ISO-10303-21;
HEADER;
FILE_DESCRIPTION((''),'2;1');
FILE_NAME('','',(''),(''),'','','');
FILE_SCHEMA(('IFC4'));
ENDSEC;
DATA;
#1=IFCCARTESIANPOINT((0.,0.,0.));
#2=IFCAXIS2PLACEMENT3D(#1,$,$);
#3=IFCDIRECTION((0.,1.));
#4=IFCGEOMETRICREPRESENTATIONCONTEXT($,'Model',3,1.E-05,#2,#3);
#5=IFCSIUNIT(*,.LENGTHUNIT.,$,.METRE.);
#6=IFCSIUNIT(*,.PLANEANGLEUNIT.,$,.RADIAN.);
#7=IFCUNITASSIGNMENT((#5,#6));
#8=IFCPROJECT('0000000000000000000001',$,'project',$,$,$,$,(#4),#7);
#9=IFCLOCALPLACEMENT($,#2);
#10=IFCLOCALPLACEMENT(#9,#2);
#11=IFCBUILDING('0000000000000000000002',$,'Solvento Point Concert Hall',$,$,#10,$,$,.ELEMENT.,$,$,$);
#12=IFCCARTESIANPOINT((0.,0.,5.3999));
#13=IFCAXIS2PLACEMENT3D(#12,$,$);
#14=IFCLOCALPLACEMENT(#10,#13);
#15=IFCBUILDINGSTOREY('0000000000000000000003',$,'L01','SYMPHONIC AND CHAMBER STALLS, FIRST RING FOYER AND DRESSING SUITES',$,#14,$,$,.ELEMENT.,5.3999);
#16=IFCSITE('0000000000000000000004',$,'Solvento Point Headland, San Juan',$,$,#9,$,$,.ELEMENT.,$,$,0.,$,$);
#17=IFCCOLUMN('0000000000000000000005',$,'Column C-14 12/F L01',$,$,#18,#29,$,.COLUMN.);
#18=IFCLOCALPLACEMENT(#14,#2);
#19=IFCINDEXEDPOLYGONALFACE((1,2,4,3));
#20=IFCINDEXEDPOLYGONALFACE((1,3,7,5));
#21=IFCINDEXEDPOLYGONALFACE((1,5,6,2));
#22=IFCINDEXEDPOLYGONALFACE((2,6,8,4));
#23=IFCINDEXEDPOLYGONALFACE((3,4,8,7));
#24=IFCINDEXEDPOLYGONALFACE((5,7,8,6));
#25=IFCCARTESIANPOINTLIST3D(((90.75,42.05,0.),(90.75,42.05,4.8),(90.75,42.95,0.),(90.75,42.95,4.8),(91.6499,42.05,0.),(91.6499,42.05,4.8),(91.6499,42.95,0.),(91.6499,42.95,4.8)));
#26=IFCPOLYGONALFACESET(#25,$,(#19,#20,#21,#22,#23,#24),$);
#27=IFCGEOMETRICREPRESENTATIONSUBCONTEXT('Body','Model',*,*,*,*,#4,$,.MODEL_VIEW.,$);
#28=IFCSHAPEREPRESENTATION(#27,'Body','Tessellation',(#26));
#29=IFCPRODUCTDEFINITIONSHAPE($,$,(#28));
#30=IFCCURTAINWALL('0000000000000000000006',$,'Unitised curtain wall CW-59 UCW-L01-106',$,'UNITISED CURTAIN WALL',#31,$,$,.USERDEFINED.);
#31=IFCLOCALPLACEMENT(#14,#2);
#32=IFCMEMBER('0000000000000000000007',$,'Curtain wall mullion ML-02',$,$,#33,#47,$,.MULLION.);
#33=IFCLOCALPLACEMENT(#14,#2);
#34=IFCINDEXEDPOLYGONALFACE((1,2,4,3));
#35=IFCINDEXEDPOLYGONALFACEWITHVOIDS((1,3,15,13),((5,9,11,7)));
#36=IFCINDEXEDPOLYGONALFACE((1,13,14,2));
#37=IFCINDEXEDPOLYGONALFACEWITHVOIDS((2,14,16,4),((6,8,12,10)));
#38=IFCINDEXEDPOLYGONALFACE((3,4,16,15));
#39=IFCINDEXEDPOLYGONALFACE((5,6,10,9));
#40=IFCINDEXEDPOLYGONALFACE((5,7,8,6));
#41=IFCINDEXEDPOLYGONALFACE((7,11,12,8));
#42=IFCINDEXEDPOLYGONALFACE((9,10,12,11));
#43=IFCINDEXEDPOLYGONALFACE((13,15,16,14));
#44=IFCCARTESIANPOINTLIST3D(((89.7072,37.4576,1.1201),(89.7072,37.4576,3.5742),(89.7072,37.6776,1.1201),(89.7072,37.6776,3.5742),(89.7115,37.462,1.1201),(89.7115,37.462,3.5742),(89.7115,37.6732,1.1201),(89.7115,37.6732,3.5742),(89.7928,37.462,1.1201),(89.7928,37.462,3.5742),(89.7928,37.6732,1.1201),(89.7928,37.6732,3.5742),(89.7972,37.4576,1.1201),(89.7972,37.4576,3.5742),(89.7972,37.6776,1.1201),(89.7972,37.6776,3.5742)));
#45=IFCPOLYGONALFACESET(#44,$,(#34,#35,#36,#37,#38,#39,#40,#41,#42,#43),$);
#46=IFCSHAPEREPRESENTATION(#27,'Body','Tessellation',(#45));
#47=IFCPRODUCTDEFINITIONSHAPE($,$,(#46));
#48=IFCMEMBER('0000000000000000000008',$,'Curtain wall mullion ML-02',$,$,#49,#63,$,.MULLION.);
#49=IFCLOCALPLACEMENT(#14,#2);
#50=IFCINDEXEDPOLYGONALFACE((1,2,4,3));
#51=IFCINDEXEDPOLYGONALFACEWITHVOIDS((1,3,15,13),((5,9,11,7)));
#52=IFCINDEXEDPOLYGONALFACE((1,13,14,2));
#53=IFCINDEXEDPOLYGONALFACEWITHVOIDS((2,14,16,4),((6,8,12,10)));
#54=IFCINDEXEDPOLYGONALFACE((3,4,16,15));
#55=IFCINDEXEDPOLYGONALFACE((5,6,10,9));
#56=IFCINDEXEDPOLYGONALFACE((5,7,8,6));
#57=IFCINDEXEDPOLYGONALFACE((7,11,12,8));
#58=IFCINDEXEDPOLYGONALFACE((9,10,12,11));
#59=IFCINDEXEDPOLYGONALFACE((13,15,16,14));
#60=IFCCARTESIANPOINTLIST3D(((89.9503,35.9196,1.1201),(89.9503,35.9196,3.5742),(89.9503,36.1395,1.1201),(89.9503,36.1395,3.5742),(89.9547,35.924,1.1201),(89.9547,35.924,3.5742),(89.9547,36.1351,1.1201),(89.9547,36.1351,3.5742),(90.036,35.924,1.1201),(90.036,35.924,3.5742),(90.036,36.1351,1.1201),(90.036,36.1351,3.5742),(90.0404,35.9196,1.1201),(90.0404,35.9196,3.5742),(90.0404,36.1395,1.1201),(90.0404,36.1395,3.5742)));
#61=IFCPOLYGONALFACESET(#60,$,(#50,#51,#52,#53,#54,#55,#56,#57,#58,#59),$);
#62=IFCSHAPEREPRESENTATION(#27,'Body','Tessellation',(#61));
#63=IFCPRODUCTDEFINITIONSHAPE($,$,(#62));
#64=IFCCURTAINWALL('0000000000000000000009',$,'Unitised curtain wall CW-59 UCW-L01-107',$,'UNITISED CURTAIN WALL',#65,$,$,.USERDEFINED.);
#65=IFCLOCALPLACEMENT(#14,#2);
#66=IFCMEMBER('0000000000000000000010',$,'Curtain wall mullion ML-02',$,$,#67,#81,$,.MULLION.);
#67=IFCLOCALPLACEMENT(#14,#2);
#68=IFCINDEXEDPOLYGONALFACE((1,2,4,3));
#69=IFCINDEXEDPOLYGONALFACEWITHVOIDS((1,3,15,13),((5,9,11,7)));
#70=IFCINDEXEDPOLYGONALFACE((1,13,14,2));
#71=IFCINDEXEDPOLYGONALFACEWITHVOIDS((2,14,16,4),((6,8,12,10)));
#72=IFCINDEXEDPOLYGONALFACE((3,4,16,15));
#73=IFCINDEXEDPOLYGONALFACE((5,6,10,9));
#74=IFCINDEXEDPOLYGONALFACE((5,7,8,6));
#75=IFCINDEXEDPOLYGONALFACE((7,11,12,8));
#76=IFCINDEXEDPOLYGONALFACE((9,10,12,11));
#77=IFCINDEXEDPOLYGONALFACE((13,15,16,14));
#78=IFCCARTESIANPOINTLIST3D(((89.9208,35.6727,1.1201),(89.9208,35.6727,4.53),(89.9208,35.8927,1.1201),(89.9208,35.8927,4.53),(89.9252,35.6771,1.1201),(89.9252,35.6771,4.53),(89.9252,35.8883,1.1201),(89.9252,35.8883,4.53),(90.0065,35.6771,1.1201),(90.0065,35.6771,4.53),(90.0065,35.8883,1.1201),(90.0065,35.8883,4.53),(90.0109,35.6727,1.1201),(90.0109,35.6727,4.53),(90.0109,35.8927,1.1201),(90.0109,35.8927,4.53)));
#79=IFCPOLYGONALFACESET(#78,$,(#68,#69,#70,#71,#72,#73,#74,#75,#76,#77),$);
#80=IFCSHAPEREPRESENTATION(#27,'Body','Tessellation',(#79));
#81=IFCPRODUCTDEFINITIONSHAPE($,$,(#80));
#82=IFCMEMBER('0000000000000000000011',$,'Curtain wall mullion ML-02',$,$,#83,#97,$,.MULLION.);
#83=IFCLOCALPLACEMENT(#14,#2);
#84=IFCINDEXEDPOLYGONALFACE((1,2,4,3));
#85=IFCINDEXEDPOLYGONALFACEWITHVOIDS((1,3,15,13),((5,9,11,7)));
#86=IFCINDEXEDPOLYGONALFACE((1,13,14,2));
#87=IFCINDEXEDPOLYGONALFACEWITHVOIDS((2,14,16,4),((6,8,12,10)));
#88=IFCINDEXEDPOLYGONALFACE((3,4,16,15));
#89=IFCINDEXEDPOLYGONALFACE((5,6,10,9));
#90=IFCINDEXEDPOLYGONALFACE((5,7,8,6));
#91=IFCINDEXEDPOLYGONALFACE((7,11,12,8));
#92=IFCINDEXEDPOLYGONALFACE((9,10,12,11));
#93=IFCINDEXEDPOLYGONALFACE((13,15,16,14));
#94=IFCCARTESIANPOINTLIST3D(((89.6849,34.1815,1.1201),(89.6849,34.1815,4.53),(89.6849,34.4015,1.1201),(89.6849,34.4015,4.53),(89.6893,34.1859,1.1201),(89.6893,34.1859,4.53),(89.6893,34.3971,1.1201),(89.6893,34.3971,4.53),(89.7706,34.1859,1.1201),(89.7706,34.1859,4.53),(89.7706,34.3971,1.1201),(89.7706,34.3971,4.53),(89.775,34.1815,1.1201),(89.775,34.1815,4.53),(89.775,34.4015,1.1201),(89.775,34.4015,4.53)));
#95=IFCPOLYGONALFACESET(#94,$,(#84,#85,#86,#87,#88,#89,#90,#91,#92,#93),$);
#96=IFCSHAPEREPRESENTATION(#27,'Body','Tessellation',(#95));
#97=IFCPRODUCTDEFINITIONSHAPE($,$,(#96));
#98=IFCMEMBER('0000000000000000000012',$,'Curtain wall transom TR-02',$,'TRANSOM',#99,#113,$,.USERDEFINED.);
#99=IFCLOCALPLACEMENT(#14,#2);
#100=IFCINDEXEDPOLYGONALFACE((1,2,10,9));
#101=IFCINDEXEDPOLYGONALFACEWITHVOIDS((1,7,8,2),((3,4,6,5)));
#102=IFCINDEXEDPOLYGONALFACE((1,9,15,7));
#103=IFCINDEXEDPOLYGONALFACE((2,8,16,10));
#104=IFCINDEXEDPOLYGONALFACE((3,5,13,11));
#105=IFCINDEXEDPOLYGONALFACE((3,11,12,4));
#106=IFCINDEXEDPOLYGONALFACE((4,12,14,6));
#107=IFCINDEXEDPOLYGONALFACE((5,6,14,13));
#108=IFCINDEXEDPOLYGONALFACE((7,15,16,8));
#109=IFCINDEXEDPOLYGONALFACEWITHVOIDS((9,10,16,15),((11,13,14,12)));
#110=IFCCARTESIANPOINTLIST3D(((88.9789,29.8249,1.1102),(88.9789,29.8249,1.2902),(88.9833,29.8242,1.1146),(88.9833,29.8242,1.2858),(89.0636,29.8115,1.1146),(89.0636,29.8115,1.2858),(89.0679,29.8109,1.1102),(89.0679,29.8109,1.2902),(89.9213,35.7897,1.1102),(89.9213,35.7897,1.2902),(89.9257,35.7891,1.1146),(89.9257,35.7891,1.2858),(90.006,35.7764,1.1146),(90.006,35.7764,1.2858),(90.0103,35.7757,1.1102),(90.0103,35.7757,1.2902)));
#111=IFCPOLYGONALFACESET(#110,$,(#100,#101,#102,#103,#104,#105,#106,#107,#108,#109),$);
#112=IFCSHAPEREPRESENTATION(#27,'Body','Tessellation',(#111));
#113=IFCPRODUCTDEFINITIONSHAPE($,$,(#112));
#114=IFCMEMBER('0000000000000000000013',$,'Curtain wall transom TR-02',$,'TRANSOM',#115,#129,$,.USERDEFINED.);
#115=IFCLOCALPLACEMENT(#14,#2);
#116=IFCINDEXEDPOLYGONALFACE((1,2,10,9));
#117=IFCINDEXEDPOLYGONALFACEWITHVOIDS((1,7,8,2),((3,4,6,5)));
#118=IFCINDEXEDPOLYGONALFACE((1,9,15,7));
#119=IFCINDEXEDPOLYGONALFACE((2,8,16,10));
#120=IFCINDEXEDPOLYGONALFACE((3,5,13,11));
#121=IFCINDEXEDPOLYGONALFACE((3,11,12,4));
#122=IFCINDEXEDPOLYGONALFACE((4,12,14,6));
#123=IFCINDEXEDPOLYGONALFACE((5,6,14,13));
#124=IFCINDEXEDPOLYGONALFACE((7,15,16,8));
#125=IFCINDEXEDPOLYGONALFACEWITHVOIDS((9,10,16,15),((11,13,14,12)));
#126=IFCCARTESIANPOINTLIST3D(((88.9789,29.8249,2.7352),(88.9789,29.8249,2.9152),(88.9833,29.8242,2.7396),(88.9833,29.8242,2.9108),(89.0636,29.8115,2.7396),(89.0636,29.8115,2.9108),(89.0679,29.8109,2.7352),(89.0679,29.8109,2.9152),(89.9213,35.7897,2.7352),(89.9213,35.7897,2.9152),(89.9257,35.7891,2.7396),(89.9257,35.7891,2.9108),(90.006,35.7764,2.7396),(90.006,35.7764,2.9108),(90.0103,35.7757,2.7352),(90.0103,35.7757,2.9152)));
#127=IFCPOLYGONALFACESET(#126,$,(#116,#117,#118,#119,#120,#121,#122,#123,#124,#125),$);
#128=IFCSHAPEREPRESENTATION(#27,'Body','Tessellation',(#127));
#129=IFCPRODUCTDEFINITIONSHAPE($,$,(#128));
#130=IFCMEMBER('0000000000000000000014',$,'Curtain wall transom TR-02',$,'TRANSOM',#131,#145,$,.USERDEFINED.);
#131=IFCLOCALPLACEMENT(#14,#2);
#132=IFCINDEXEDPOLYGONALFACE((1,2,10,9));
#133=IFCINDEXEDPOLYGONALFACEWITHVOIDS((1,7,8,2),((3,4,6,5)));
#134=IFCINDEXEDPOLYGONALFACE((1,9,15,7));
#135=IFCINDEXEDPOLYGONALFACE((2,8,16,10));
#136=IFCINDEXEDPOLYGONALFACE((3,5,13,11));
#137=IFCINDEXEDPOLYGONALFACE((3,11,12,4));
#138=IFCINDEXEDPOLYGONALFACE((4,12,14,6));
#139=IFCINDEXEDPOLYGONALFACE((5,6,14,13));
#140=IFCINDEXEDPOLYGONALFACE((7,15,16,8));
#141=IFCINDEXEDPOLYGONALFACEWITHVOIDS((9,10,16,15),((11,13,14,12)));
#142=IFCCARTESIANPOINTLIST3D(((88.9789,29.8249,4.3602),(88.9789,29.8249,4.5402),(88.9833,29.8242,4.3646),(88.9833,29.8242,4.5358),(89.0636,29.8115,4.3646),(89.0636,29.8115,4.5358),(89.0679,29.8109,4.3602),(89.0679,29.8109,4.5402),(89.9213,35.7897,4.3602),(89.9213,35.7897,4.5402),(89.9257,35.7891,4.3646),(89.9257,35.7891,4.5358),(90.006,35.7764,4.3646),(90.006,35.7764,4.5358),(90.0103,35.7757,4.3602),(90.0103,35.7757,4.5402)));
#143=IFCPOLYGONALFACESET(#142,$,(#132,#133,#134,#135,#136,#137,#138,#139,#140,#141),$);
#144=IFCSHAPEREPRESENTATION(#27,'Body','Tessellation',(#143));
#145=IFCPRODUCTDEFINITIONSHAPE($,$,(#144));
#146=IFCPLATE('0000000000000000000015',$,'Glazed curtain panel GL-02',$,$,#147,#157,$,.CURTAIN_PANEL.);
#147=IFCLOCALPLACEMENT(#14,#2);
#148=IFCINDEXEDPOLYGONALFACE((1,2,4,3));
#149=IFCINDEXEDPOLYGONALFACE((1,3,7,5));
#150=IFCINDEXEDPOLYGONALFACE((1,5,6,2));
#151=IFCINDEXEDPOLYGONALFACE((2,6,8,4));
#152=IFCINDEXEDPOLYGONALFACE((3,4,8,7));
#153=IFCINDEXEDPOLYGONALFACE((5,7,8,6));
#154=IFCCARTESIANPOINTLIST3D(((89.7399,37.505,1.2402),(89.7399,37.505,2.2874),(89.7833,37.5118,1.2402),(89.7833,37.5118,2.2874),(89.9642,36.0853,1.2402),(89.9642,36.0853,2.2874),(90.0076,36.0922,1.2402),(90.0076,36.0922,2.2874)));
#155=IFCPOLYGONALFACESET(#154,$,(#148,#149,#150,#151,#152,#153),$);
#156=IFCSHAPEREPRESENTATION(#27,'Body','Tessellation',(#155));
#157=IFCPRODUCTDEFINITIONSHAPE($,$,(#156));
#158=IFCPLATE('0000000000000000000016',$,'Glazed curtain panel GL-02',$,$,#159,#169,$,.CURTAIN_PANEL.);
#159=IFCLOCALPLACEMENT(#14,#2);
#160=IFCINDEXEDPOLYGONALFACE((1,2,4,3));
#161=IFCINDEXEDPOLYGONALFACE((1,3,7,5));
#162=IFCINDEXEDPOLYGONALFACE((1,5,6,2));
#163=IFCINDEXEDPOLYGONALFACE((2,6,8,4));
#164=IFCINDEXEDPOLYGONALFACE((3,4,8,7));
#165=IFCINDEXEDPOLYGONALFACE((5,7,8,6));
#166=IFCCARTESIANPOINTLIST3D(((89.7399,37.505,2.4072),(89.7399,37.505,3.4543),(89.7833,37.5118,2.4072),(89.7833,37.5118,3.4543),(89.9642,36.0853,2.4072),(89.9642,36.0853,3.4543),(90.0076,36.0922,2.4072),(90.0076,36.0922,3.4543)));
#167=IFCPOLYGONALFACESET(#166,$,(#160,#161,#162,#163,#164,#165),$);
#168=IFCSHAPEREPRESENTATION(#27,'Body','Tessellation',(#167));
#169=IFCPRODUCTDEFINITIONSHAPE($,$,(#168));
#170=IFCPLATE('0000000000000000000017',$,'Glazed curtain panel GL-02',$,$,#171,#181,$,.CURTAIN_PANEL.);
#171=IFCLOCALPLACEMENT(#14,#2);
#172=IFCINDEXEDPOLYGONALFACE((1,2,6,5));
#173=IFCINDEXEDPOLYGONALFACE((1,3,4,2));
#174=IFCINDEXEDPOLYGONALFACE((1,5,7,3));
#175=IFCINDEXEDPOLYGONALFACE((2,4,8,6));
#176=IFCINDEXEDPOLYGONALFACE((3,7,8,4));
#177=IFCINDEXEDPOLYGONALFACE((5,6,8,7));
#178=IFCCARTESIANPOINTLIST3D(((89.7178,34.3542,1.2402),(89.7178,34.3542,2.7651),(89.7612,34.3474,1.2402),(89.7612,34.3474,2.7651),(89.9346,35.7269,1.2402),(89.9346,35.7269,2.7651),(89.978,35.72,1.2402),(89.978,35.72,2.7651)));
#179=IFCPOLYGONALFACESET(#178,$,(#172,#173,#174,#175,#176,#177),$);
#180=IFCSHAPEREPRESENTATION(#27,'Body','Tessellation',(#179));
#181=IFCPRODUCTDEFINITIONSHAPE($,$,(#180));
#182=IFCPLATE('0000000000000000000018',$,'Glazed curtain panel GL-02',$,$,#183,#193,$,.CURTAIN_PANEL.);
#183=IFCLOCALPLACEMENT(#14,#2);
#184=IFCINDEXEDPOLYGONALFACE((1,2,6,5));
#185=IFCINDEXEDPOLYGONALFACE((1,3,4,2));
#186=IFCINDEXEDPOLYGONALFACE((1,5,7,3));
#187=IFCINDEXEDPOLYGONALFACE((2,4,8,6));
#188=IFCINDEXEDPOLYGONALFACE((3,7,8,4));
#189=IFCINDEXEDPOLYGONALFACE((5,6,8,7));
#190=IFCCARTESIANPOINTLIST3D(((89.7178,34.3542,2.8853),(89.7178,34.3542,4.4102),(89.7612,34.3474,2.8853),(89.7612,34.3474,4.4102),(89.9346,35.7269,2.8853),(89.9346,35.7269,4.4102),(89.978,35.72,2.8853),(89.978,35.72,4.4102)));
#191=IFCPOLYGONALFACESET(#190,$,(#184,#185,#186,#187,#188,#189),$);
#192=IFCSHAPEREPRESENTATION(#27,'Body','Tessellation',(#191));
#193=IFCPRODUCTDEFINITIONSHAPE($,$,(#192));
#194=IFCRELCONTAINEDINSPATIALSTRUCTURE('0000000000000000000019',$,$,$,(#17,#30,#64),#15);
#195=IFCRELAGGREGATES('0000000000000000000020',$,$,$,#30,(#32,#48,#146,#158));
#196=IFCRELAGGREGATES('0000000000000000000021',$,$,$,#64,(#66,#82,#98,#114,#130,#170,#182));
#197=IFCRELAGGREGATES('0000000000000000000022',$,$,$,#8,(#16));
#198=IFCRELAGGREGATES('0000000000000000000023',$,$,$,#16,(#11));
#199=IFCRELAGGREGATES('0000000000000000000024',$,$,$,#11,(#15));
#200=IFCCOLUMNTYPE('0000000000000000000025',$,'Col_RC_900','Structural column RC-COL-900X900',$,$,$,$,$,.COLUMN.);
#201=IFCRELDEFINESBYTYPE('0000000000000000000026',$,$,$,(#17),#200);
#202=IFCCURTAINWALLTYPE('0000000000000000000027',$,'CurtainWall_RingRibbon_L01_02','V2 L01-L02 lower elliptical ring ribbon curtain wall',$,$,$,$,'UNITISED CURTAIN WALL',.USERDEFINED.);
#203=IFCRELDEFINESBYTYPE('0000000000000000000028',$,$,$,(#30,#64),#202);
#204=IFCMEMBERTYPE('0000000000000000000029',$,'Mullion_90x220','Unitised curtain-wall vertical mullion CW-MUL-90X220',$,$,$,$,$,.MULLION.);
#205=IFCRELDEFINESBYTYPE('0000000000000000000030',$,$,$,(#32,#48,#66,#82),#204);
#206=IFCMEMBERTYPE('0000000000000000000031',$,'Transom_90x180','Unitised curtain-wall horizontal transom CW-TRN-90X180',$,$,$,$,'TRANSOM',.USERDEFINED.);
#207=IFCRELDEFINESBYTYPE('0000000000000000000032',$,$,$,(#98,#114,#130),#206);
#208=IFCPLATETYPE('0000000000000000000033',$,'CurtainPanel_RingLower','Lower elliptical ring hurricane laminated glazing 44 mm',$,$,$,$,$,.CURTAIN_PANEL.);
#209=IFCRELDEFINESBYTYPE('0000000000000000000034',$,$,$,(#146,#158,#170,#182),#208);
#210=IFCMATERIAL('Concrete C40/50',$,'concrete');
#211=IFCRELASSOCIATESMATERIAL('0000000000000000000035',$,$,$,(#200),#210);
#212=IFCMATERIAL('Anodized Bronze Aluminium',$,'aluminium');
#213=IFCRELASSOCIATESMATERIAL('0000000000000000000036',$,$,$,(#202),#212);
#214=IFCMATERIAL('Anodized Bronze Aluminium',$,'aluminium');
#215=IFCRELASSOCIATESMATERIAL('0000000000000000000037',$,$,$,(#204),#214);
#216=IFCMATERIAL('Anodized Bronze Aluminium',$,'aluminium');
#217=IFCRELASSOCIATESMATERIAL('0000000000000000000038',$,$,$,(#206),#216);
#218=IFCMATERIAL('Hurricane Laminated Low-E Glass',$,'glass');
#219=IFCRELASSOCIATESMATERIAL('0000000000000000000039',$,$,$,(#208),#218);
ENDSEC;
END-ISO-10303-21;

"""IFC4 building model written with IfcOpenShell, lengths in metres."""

from ifc_helpers import new_model, si_unit, direction, frame, origin, origin_2d, place, context, subcontext, project, spatial, rectangle, hollow_rectangle, extrude, material, material_profile, profile_set, type_object, element, aggregate, save


model = new_model("IFC4")

# Units and contexts
model_context = context("Model", 3, precision=1e-05, world=origin(), true_north=direction((0.0, 1.0)))
body_context = subcontext(model_context, "Body", "Model", "MODEL_VIEW")
ifc_project = project(units=[si_unit("LENGTHUNIT", "METRE"), si_unit("PLANEANGLEUNIT", "RADIAN")], contexts=[model_context])

# Site, building, storey
site_placement = place(None, origin())
site = spatial("IfcSite", under=ifc_project, at=site_placement, Name="Solvento Point Headland, San Juan", CompositionType="ELEMENT", RefElevation=0.0)
building_placement = place(site_placement, origin())
building = spatial("IfcBuilding", under=site, at=building_placement, Name="Solvento Point Concert Hall", CompositionType="ELEMENT")
storey_placement = place(building_placement, frame((0.0, 0.0, 5.3999)))
storey = spatial("IfcBuildingStorey", under=building, at=storey_placement, Name="L01", Description="SYMPHONIC AND CHAMBER STALLS, FIRST RING FOYER AND DRESSING SUITES", CompositionType="ELEMENT", Elevation=5.3999)

# Column
ifc_material_1 = material(Name="Concrete C40/50", Category="concrete")
ifc_material_profile_1 = material_profile(ifc_material_1, rectangle(XDim=0.8999, YDim=0.8999, at=origin_2d()), Name="RC-COL-900X900")
ifc_profile_set_1 = profile_set([ifc_material_profile_1], Name="Concrete C40/50")
column_type = type_object("IfcColumnType", Name="Col_RC_900", Description="Structural column RC-COL-900X900", PredefinedType="COLUMN", material=ifc_profile_set_1)
column_placement = place(storey_placement, frame((91.2, 42.5, 0.0), z_axis=(0.0, 0.0, 1.0), x_axis=(1.0, 0.0, 0.0)))
element("IfcColumn", 1, at=column_placement, inside=storey, type_object=column_type, Name="Column C-14 12/F L01", PredefinedType="COLUMN", context=body_context, shape_type="SweptSolid", body=[
    extrude(rectangle(XDim=0.8999, YDim=0.8999, at=origin_2d()), origin(), (0.0, 0.0, 1.0), 4.8),
])

# Curtain walls, members
ifc_material_2 = material(Name="Anodized Bronze Aluminium", Category="aluminium")
curtain_wall_type = type_object("IfcCurtainWallType", Name="CurtainWall_RingRibbon_L01_02", Description="V2 L01-L02 lower elliptical ring ribbon curtain wall", ElementType="UNITISED CURTAIN WALL", PredefinedType="USERDEFINED", material=ifc_material_2)
curtain_wall_1_placement = place(storey_placement, origin())
curtain_wall_1 = element("IfcCurtainWall", 2, at=curtain_wall_1_placement, inside=storey, type_object=curtain_wall_type, Name="Unitised curtain wall CW-59 UCW-L01-106", ObjectType="UNITISED CURTAIN WALL", PredefinedType="USERDEFINED")
ifc_material_3 = material(Name="Anodized Bronze Aluminium", Category="aluminium")
ifc_material_profile_2 = material_profile(ifc_material_3, hollow_rectangle(XDim=0.0901, YDim=0.22, WallThickness=0.0044, at=origin_2d()), Name="CW-MUL-90X220")
ifc_profile_set_2 = profile_set([ifc_material_profile_2], Name="Anodized Bronze Aluminium")
member_type_1 = type_object("IfcMemberType", Name="Mullion_90x220", Description="Unitised curtain-wall vertical mullion CW-MUL-90X220", PredefinedType="MULLION", material=ifc_profile_set_2)
member_1_placement = place(storey_placement, frame((89.7522, 37.5676, 1.1201), z_axis=(0.0, 0.0, 1.0), x_axis=(1.0, 0.0, 0.0)))
member_1 = element("IfcMember", 3, at=member_1_placement, type_object=member_type_1, Name="Curtain wall mullion ML-02", PredefinedType="MULLION", context=body_context, shape_type="SweptSolid", body=[
    extrude(hollow_rectangle(XDim=0.0901, YDim=0.22, WallThickness=0.0044, at=origin_2d()), origin(), (0.0, 0.0, 1.0), 2.4541),
])
member_2_placement = place(storey_placement, frame((89.9954, 36.0295, 1.1201), z_axis=(0.0, 0.0, 1.0), x_axis=(1.0, 0.0, 0.0)))
member_2 = element("IfcMember", 4, at=member_2_placement, type_object=member_type_1, Name="Curtain wall mullion ML-02", PredefinedType="MULLION", context=body_context, shape_type="SweptSolid", body=[
    extrude(hollow_rectangle(XDim=0.0901, YDim=0.22, WallThickness=0.0044, at=origin_2d()), origin(), (0.0, 0.0, 1.0), 2.4541),
])
curtain_wall_2_placement = place(storey_placement, origin())
curtain_wall_2 = element("IfcCurtainWall", 5, at=curtain_wall_2_placement, inside=storey, type_object=curtain_wall_type, Name="Unitised curtain wall CW-59 UCW-L01-107", ObjectType="UNITISED CURTAIN WALL", PredefinedType="USERDEFINED")
member_3_placement = place(storey_placement, frame((89.9658, 35.7827, 1.1201), z_axis=(0.0, 0.0, 1.0), x_axis=(1.0, 0.0, 0.0)))
member_3 = element("IfcMember", 6, at=member_3_placement, type_object=member_type_1, Name="Curtain wall mullion ML-02", PredefinedType="MULLION", context=body_context, shape_type="SweptSolid", body=[
    extrude(hollow_rectangle(XDim=0.0901, YDim=0.22, WallThickness=0.0044, at=origin_2d()), origin(), (0.0, 0.0, 1.0), 3.4099),
])
member_4_placement = place(storey_placement, frame((89.73, 34.2915, 1.1201), z_axis=(0.0, 0.0, 1.0), x_axis=(1.0, 0.0, 0.0)))
member_4 = element("IfcMember", 7, at=member_4_placement, type_object=member_type_1, Name="Curtain wall mullion ML-02", PredefinedType="MULLION", context=body_context, shape_type="SweptSolid", body=[
    extrude(hollow_rectangle(XDim=0.0901, YDim=0.22, WallThickness=0.0044, at=origin_2d()), origin(), (0.0, 0.0, 1.0), 3.4099),
])
ifc_material_4 = material(Name="Anodized Bronze Aluminium", Category="aluminium")
ifc_material_profile_3 = material_profile(ifc_material_4, hollow_rectangle(XDim=0.0901, YDim=0.1799, WallThickness=0.0044, at=origin_2d()), Name="CW-TRN-90X180")
ifc_profile_set_3 = profile_set([ifc_material_profile_3], Name="Anodized Bronze Aluminium")
member_type_2 = type_object("IfcMemberType", Name="Transom_90x180", Description="Unitised curtain-wall horizontal transom CW-TRN-90X180", ElementType="TRANSOM", PredefinedType="USERDEFINED", material=ifc_profile_set_3)
member_5_placement = place(storey_placement, frame((89.9658, 35.7827, 1.2002), z_axis=(-0.156054, -0.987749, 0.0), x_axis=(0.987749, -0.156054, 0.0)))
member_5 = element("IfcMember", 8, at=member_5_placement, type_object=member_type_2, Name="Curtain wall transom TR-02", ObjectType="TRANSOM", PredefinedType="USERDEFINED", context=body_context, shape_type="SweptSolid", body=[
    extrude(hollow_rectangle(XDim=0.0901, YDim=0.1799, WallThickness=0.0044, at=origin_2d()), origin(), (0.0, 0.0, 1.0), 6.0388),
])
member_6_placement = place(storey_placement, frame((89.9658, 35.7827, 2.8252), z_axis=(-0.156054, -0.987749, 0.0), x_axis=(0.987749, -0.156054, 0.0)))
member_6 = element("IfcMember", 9, at=member_6_placement, type_object=member_type_2, Name="Curtain wall transom TR-02", ObjectType="TRANSOM", PredefinedType="USERDEFINED", context=body_context, shape_type="SweptSolid", body=[
    extrude(hollow_rectangle(XDim=0.0901, YDim=0.1799, WallThickness=0.0044, at=origin_2d()), origin(), (0.0, 0.0, 1.0), 6.0388),
])
member_7_placement = place(storey_placement, frame((89.9658, 35.7827, 4.4502), z_axis=(-0.156054, -0.987749, 0.0), x_axis=(0.987749, -0.156054, 0.0)))
member_7 = element("IfcMember", 10, at=member_7_placement, type_object=member_type_2, Name="Curtain wall transom TR-02", ObjectType="TRANSOM", PredefinedType="USERDEFINED", context=body_context, shape_type="SweptSolid", body=[
    extrude(hollow_rectangle(XDim=0.0901, YDim=0.1799, WallThickness=0.0044, at=origin_2d()), origin(), (0.0, 0.0, 1.0), 6.0388),
])

# Plates
ifc_material_5 = material(Name="Hurricane Laminated Low-E Glass", Category="glass")
plate_type = type_object("IfcPlateType", Name="CurtainPanel_RingLower", Description="Lower elliptical ring hurricane laminated glazing 44 mm", PredefinedType="CURTAIN_PANEL", material=ifc_material_5)
plate_1_placement = place(storey_placement, frame((89.8738, 36.7986, 1.2402), z_axis=(0.0, 0.0, 1.0), x_axis=(0.156041, -0.987751, 0.0)))
plate_1 = element("IfcPlate", 11, at=plate_1_placement, type_object=plate_type, Name="Glazed curtain panel GL-02", PredefinedType="CURTAIN_PANEL", context=body_context, shape_type="SweptSolid", body=[
    extrude(rectangle(XDim=1.4373, YDim=0.0439, at=origin_2d()), origin(), (0.0, 0.0, 1.0), 1.0471),
])
plate_2_placement = place(storey_placement, frame((89.8738, 36.7986, 2.4072), z_axis=(0.0, 0.0, 1.0), x_axis=(0.156041, -0.987751, 0.0)))
plate_2 = element("IfcPlate", 12, at=plate_2_placement, type_object=plate_type, Name="Glazed curtain panel GL-02", PredefinedType="CURTAIN_PANEL", context=body_context, shape_type="SweptSolid", body=[
    extrude(rectangle(XDim=1.4373, YDim=0.0439, at=origin_2d()), origin(), (0.0, 0.0, 1.0), 1.0471),
])
aggregate(curtain_wall_1, [member_1, member_2, plate_1, plate_2])
plate_3_placement = place(storey_placement, frame((89.8479, 35.0371, 1.2402), z_axis=(0.0, 0.0, 1.0), x_axis=(-0.156041, -0.987751, 0.0)))
plate_3 = element("IfcPlate", 13, at=plate_3_placement, type_object=plate_type, Name="Glazed curtain panel GL-02", PredefinedType="CURTAIN_PANEL", context=body_context, shape_type="SweptSolid", body=[
    extrude(rectangle(XDim=1.3896, YDim=0.0439, at=origin_2d()), origin(), (0.0, 0.0, 1.0), 1.5249),
])
plate_4_placement = place(storey_placement, frame((89.8479, 35.0371, 2.8853), z_axis=(0.0, 0.0, 1.0), x_axis=(-0.156041, -0.987751, 0.0)))
plate_4 = element("IfcPlate", 14, at=plate_4_placement, type_object=plate_type, Name="Glazed curtain panel GL-02", PredefinedType="CURTAIN_PANEL", context=body_context, shape_type="SweptSolid", body=[
    extrude(rectangle(XDim=1.3896, YDim=0.0439, at=origin_2d()), origin(), (0.0, 0.0, 1.0), 1.5249),
])
aggregate(curtain_wall_2, [member_3, member_4, member_5, member_6, member_7, plate_3, plate_4])

save(model, "model.ifc")
